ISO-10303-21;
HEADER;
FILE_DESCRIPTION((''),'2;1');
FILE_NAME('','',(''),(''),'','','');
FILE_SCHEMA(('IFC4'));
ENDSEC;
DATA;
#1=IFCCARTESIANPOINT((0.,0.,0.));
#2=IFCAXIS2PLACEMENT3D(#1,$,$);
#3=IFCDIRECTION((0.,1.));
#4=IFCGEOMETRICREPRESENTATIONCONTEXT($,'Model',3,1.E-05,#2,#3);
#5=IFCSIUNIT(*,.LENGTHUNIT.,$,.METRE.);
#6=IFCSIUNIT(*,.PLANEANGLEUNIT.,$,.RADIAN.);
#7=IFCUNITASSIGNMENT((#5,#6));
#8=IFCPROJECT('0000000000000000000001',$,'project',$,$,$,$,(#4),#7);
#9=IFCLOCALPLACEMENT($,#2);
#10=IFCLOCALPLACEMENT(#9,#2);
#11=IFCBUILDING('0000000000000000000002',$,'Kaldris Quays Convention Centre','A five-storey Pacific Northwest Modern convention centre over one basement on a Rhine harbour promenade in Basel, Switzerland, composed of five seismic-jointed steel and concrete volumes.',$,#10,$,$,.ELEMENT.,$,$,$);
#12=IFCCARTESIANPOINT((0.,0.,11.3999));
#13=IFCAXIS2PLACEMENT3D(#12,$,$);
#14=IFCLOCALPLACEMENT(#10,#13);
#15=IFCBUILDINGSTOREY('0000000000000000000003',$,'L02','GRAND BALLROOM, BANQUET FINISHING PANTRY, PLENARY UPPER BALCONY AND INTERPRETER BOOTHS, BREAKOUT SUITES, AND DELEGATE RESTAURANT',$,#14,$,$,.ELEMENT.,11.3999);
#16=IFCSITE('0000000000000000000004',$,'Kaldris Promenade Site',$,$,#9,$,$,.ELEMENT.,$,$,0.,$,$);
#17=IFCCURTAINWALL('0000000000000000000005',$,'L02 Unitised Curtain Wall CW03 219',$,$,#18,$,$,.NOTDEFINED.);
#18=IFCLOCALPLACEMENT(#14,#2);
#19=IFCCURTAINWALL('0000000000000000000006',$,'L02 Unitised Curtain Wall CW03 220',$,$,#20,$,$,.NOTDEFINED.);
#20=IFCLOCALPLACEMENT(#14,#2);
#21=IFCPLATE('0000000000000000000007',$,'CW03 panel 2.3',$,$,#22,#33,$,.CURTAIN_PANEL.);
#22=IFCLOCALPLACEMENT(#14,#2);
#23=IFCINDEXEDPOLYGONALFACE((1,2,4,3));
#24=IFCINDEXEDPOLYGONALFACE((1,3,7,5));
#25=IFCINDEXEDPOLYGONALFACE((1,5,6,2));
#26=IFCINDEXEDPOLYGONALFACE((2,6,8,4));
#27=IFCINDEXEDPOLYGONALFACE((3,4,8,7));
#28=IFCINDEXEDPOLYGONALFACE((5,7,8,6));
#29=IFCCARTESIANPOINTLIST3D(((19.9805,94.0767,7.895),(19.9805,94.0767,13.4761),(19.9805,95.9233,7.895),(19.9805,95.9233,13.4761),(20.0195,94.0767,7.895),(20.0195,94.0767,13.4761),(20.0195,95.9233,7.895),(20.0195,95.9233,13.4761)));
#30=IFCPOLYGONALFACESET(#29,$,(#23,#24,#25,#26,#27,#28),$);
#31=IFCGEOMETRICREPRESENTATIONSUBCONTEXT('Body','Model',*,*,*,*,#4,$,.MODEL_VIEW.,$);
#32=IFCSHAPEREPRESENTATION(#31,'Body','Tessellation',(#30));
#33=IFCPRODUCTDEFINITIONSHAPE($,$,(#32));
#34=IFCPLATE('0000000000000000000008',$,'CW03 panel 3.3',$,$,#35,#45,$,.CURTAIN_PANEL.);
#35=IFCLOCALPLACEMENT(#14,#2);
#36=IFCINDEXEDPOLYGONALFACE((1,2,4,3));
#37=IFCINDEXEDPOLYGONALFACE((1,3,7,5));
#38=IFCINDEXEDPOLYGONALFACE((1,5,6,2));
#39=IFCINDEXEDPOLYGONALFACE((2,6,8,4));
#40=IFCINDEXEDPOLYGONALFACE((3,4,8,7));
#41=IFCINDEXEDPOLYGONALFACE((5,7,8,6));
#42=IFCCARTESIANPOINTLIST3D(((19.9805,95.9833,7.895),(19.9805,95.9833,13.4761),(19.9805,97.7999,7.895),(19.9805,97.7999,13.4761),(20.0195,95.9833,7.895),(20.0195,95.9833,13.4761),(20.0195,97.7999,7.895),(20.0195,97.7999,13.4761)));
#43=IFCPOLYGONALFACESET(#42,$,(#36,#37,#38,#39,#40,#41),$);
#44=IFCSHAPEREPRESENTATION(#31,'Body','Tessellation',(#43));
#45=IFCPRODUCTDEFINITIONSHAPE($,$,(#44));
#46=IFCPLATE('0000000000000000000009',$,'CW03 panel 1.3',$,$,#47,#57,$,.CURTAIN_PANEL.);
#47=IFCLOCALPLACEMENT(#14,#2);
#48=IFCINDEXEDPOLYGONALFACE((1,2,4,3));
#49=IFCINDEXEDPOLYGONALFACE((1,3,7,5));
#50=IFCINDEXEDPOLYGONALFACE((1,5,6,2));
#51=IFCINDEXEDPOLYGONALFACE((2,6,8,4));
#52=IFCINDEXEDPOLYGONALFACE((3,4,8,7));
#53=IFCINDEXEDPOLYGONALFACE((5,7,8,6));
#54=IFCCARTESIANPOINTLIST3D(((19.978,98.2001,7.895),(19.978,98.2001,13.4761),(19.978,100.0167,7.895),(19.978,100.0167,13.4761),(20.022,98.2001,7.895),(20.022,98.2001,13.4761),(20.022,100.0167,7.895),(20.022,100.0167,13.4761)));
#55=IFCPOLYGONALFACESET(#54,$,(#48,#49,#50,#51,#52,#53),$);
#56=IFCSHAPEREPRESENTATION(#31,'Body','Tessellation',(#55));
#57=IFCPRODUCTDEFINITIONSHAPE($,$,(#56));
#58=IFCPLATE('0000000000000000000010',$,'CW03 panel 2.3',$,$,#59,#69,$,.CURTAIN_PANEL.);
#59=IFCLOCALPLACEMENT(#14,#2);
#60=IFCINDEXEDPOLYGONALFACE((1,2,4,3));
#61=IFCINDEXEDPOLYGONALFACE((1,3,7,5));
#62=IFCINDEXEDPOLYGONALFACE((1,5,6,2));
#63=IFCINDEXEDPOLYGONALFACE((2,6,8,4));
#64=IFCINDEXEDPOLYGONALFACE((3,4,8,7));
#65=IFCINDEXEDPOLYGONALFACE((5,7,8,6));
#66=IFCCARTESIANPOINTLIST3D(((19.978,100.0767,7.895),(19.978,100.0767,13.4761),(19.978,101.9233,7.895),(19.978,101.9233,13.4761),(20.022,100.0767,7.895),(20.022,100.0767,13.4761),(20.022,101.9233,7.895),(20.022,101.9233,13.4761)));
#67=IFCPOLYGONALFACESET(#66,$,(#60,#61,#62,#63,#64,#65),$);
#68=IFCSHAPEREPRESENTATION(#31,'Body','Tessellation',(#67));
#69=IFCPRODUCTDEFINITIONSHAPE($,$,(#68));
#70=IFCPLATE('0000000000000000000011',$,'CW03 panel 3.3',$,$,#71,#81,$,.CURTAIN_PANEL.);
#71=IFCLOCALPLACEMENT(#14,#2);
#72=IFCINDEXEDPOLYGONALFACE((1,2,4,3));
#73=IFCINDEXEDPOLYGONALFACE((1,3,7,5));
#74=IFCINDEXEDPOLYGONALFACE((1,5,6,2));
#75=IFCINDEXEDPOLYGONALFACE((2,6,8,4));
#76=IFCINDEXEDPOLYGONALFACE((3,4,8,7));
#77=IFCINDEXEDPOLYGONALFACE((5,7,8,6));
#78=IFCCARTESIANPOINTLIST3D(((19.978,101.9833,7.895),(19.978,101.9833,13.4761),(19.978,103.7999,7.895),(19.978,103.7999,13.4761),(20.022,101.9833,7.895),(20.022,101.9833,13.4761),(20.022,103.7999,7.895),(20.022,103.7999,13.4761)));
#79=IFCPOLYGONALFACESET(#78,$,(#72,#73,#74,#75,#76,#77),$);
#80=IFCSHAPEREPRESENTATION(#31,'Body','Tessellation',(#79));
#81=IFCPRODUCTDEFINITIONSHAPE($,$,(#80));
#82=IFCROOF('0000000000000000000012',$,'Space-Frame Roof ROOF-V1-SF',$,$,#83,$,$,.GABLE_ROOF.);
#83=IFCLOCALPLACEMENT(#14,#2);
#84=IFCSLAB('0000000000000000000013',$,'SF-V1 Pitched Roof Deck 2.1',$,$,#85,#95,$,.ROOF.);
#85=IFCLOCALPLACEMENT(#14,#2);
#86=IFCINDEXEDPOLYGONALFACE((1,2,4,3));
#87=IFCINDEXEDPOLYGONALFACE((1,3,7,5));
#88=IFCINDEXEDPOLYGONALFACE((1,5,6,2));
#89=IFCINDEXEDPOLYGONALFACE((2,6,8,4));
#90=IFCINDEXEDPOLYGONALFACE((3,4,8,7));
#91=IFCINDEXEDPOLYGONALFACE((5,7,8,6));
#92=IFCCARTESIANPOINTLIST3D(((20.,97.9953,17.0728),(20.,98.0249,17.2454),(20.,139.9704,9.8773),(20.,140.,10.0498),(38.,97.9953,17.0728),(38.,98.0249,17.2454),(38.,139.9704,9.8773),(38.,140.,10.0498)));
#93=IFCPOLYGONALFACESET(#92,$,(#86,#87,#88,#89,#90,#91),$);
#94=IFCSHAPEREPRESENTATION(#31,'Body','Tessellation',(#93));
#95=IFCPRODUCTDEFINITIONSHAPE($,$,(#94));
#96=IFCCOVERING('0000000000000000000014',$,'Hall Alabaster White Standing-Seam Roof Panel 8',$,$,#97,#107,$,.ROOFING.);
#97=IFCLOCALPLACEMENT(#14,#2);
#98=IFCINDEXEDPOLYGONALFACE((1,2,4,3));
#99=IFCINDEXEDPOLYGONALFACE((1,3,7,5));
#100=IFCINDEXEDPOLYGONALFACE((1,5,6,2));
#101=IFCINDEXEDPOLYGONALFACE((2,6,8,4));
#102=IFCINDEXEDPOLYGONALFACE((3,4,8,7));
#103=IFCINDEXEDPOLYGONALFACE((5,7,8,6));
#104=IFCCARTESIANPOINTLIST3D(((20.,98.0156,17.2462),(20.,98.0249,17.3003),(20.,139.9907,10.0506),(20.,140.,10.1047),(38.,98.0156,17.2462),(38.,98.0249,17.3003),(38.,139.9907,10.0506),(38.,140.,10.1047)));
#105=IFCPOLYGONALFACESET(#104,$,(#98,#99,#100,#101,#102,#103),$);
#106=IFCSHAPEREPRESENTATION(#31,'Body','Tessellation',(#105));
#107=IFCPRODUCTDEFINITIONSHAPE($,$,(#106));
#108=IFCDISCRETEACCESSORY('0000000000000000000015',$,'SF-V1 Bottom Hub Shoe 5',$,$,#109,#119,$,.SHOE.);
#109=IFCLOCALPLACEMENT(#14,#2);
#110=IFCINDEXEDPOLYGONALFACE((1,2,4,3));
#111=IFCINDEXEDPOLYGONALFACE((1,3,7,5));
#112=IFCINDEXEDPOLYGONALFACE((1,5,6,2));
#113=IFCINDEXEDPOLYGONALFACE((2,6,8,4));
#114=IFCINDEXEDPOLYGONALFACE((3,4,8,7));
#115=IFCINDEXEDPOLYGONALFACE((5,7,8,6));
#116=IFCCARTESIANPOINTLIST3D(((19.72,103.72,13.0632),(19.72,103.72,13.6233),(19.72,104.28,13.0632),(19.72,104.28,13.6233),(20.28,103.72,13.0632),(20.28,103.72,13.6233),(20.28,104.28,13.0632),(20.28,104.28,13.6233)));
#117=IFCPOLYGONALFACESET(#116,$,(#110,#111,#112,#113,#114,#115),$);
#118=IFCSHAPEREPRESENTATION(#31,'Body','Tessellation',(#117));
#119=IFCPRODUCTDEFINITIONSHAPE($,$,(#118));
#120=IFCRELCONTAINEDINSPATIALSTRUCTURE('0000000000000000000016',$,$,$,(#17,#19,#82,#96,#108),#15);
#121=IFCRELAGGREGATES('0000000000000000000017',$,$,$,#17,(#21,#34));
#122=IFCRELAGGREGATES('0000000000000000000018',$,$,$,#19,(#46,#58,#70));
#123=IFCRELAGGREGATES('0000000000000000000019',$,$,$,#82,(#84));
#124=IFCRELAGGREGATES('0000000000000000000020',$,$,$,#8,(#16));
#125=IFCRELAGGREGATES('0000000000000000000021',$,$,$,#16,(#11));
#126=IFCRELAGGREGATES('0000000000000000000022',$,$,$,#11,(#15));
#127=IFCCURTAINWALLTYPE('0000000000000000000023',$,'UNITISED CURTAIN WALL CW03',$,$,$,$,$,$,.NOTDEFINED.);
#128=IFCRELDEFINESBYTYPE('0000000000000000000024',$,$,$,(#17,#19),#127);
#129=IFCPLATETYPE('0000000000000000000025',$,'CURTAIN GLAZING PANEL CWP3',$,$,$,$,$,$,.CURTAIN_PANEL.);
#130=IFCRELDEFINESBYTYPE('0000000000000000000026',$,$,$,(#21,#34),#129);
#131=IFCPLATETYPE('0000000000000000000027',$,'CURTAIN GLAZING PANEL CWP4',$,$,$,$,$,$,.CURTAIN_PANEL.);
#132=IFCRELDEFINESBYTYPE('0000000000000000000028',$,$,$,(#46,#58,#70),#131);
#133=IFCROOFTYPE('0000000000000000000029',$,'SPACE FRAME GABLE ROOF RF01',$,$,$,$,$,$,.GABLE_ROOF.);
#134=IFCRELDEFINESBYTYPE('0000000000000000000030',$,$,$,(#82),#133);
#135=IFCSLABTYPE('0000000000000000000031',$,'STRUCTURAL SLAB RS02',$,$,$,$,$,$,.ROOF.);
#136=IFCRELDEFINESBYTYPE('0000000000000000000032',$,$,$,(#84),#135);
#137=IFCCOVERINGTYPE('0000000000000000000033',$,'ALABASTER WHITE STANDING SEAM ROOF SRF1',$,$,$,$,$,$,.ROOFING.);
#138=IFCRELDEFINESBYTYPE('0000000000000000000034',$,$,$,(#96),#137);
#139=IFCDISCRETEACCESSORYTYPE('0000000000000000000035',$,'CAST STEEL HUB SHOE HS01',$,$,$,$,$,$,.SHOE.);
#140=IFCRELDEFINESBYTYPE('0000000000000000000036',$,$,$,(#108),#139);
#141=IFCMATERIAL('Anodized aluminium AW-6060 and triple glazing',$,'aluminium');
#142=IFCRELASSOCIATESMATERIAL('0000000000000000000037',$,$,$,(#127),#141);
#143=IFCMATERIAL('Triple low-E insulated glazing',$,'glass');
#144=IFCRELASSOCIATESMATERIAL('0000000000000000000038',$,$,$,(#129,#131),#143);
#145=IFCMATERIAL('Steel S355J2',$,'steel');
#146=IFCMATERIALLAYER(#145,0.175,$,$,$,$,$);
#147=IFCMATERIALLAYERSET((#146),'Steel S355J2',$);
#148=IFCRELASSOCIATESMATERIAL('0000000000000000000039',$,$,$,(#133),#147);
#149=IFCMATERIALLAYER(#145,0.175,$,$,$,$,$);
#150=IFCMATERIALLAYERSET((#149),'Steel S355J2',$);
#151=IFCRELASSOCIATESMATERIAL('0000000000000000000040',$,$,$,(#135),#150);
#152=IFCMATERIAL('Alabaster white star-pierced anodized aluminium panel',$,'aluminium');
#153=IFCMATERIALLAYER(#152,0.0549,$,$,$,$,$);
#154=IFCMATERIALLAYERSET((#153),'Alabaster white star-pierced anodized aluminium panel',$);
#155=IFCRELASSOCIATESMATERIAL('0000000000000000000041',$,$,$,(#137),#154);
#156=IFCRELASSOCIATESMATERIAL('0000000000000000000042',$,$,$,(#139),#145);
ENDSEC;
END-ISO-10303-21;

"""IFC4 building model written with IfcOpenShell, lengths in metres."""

from ifc_helpers import new_model, si_unit, direction, frame, origin, origin_2d, place, context, subcontext, project, spatial, polyline, rectangle, outline, extrude, material, layer, layer_set, type_object, element, aggregate, save


model = new_model("IFC4")

# Units and contexts
model_context = context("Model", 3, precision=1e-05, world=origin(), true_north=direction((0.0, 1.0)))
body_context = subcontext(model_context, "Body", "Model", "MODEL_VIEW")
ifc_project = project(units=[si_unit("LENGTHUNIT", "METRE"), si_unit("PLANEANGLEUNIT", "RADIAN")], contexts=[model_context])

# Site, building, storey
site_placement = place(None, origin())
site = spatial("IfcSite", under=ifc_project, at=site_placement, Name="Kaldris Promenade Site", CompositionType="ELEMENT", RefElevation=0.0)
building_placement = place(site_placement, origin())
building = spatial("IfcBuilding", under=site, at=building_placement, Name="Kaldris Quays Convention Centre", Description="A five-storey Pacific Northwest Modern convention centre over one basement on a Rhine harbour promenade in Basel, Switzerland, composed of five seismic-jointed steel and concrete volumes.", CompositionType="ELEMENT")
storey_placement = place(building_placement, frame((0.0, 0.0, 11.3999)))
storey = spatial("IfcBuildingStorey", under=building, at=storey_placement, Name="L02", Description="GRAND BALLROOM, BANQUET FINISHING PANTRY, PLENARY UPPER BALCONY AND INTERPRETER BOOTHS, BREAKOUT SUITES, AND DELEGATE RESTAURANT", CompositionType="ELEMENT", Elevation=11.3999)

# Curtain walls
ifc_material_1 = material(Name="Anodized aluminium AW-6060 and triple glazing", Category="aluminium")
curtain_wall_type = type_object("IfcCurtainWallType", Name="UNITISED CURTAIN WALL CW03", PredefinedType="NOTDEFINED", material=ifc_material_1)
curtain_wall_1_placement = place(storey_placement, origin())
curtain_wall_1 = element("IfcCurtainWall", 1, at=curtain_wall_1_placement, inside=storey, type_object=curtain_wall_type, Name="L02 Unitised Curtain Wall CW03 219", PredefinedType="NOTDEFINED")
curtain_wall_2_placement = place(storey_placement, origin())
curtain_wall_2 = element("IfcCurtainWall", 2, at=curtain_wall_2_placement, inside=storey, type_object=curtain_wall_type, Name="L02 Unitised Curtain Wall CW03 220", PredefinedType="NOTDEFINED")

# Plates
ifc_material_2 = material(Name="Triple low-E insulated glazing", Category="glass")
plate_type_1 = type_object("IfcPlateType", Name="CURTAIN GLAZING PANEL CWP3", PredefinedType="CURTAIN_PANEL", material=ifc_material_2)
plate_1_placement = place(storey_placement, frame((20.0, 95.0, 7.895), z_axis=(0.0, 0.0, 1.0), x_axis=(0.0, 1.0, 0.0)))
plate_1 = element("IfcPlate", 3, at=plate_1_placement, type_object=plate_type_1, Name="CW03 panel 2.3", PredefinedType="CURTAIN_PANEL", context=body_context, shape_type="SweptSolid", body=[
    extrude(rectangle(XDim=1.8467, YDim=0.0391, at=origin_2d()), origin(), (0.0, 0.0, 1.0), 5.5811),
])
plate_2_placement = place(storey_placement, frame((20.0, 96.8916, 7.895), z_axis=(0.0, 0.0, 1.0), x_axis=(0.0, 1.0, 0.0)))
plate_2 = element("IfcPlate", 4, at=plate_2_placement, type_object=plate_type_1, Name="CW03 panel 3.3", PredefinedType="CURTAIN_PANEL", context=body_context, shape_type="SweptSolid", body=[
    extrude(rectangle(XDim=1.8167, YDim=0.0391, at=origin_2d()), origin(), (0.0, 0.0, 1.0), 5.5811),
])
aggregate(curtain_wall_1, [plate_1, plate_2])
plate_type_2 = type_object("IfcPlateType", Name="CURTAIN GLAZING PANEL CWP4", PredefinedType="CURTAIN_PANEL", material=ifc_material_2)
plate_3_placement = place(storey_placement, frame((20.0, 99.1084, 7.895), z_axis=(0.0, 0.0, 1.0), x_axis=(0.0, 1.0, 0.0)))
plate_3 = element("IfcPlate", 5, at=plate_3_placement, type_object=plate_type_2, Name="CW03 panel 1.3", PredefinedType="CURTAIN_PANEL", context=body_context, shape_type="SweptSolid", body=[
    extrude(rectangle(XDim=1.8167, YDim=0.0439, at=origin_2d()), origin(), (0.0, 0.0, 1.0), 5.5811),
])
plate_4_placement = place(storey_placement, frame((20.0, 101.0, 7.895), z_axis=(0.0, 0.0, 1.0), x_axis=(0.0, 1.0, 0.0)))
plate_4 = element("IfcPlate", 6, at=plate_4_placement, type_object=plate_type_2, Name="CW03 panel 2.3", PredefinedType="CURTAIN_PANEL", context=body_context, shape_type="SweptSolid", body=[
    extrude(rectangle(XDim=1.8467, YDim=0.0439, at=origin_2d()), origin(), (0.0, 0.0, 1.0), 5.5811),
])
plate_5_placement = place(storey_placement, frame((20.0, 102.8916, 7.895), z_axis=(0.0, 0.0, 1.0), x_axis=(0.0, 1.0, 0.0)))
plate_5 = element("IfcPlate", 7, at=plate_5_placement, type_object=plate_type_2, Name="CW03 panel 3.3", PredefinedType="CURTAIN_PANEL", context=body_context, shape_type="SweptSolid", body=[
    extrude(rectangle(XDim=1.8167, YDim=0.0439, at=origin_2d()), origin(), (0.0, 0.0, 1.0), 5.5811),
])
aggregate(curtain_wall_2, [plate_3, plate_4, plate_5])

# Roof, slab
ifc_material_3 = material(Name="Steel S355J2", Category="steel")
ifc_layer_1 = layer(ifc_material_3, 0.175)
ifc_layer_set_1 = layer_set([ifc_layer_1], Name="Steel S355J2")
roof_type = type_object("IfcRoofType", Name="SPACE FRAME GABLE ROOF RF01", PredefinedType="GABLE_ROOF", material=ifc_layer_set_1)
roof_placement = place(storey_placement, origin())
roof = element("IfcRoof", 8, at=roof_placement, inside=storey, type_object=roof_type, Name="Space-Frame Roof ROOF-V1-SF", PredefinedType="GABLE_ROOF")
ifc_layer_2 = layer(ifc_material_3, 0.175)
ifc_layer_set_2 = layer_set([ifc_layer_2], Name="Steel S355J2")
slab_type = type_object("IfcSlabType", Name="STRUCTURAL SLAB RS02", PredefinedType="ROOF", material=ifc_layer_set_2)
slab_placement = place(storey_placement, frame((20.0, 98.0249, 17.2454), z_axis=(0.0, 0.16896, 0.985623), x_axis=(1.0, 0.0, 0.0)))
slab = element("IfcSlab", 9, at=slab_placement, type_object=slab_type, Name="SF-V1 Pitched Roof Deck 2.1", PredefinedType="ROOF", context=body_context, shape_type="SweptSolid", body=[
    extrude(outline(polyline([(0.0, 0.0), (18.0, 0.0), (18.0, 42.5874), (0.0, 42.5874), (0.0, 0.0)])), origin(), (0.0, 0.0, -1.0), 0.175),
])
aggregate(roof, [slab])

# Covering
ifc_material_4 = material(Name="Alabaster white star-pierced anodized aluminium panel", Category="aluminium")
ifc_layer_3 = layer(ifc_material_4, 0.0549)
ifc_layer_set_3 = layer_set([ifc_layer_3], Name="Alabaster white star-pierced anodized aluminium panel")
covering_type = type_object("IfcCoveringType", Name="ALABASTER WHITE STANDING SEAM ROOF SRF1", PredefinedType="ROOFING", material=ifc_layer_set_3)
covering_placement = place(storey_placement, frame((20.0, 98.0249, 17.3003), z_axis=(0.0, 0.16896, 0.985623), x_axis=(1.0, 0.0, 0.0)))
element("IfcCovering", 10, at=covering_placement, inside=storey, type_object=covering_type, Name="Hall Alabaster White Standing-Seam Roof Panel 8", PredefinedType="ROOFING", context=body_context, shape_type="SweptSolid", body=[
    extrude(outline(polyline([(0.0, 0.0), (18.0, 0.0), (18.0, 42.5874), (0.0, 42.5874), (0.0, 0.0)])), origin(), (0.0, 0.0, -1.0), 0.0549),
])

# Discrete accessory
discrete_accessory_type = type_object("IfcDiscreteAccessoryType", Name="CAST STEEL HUB SHOE HS01", PredefinedType="SHOE", material=ifc_material_3)
discrete_accessory_placement = place(storey_placement, frame((20.0, 104.0, 13.0632), z_axis=(0.0, 0.0, 1.0), x_axis=(1.0, 0.0, 0.0)))
element("IfcDiscreteAccessory", 11, at=discrete_accessory_placement, inside=storey, type_object=discrete_accessory_type, Name="SF-V1 Bottom Hub Shoe 5", PredefinedType="SHOE", context=body_context, shape_type="SweptSolid", body=[
    extrude(rectangle(XDim=0.5601, YDim=0.5601, at=origin_2d()), origin(), (0.0, 0.0, 1.0), 0.5601),
])

save(model, "model.ifc")
